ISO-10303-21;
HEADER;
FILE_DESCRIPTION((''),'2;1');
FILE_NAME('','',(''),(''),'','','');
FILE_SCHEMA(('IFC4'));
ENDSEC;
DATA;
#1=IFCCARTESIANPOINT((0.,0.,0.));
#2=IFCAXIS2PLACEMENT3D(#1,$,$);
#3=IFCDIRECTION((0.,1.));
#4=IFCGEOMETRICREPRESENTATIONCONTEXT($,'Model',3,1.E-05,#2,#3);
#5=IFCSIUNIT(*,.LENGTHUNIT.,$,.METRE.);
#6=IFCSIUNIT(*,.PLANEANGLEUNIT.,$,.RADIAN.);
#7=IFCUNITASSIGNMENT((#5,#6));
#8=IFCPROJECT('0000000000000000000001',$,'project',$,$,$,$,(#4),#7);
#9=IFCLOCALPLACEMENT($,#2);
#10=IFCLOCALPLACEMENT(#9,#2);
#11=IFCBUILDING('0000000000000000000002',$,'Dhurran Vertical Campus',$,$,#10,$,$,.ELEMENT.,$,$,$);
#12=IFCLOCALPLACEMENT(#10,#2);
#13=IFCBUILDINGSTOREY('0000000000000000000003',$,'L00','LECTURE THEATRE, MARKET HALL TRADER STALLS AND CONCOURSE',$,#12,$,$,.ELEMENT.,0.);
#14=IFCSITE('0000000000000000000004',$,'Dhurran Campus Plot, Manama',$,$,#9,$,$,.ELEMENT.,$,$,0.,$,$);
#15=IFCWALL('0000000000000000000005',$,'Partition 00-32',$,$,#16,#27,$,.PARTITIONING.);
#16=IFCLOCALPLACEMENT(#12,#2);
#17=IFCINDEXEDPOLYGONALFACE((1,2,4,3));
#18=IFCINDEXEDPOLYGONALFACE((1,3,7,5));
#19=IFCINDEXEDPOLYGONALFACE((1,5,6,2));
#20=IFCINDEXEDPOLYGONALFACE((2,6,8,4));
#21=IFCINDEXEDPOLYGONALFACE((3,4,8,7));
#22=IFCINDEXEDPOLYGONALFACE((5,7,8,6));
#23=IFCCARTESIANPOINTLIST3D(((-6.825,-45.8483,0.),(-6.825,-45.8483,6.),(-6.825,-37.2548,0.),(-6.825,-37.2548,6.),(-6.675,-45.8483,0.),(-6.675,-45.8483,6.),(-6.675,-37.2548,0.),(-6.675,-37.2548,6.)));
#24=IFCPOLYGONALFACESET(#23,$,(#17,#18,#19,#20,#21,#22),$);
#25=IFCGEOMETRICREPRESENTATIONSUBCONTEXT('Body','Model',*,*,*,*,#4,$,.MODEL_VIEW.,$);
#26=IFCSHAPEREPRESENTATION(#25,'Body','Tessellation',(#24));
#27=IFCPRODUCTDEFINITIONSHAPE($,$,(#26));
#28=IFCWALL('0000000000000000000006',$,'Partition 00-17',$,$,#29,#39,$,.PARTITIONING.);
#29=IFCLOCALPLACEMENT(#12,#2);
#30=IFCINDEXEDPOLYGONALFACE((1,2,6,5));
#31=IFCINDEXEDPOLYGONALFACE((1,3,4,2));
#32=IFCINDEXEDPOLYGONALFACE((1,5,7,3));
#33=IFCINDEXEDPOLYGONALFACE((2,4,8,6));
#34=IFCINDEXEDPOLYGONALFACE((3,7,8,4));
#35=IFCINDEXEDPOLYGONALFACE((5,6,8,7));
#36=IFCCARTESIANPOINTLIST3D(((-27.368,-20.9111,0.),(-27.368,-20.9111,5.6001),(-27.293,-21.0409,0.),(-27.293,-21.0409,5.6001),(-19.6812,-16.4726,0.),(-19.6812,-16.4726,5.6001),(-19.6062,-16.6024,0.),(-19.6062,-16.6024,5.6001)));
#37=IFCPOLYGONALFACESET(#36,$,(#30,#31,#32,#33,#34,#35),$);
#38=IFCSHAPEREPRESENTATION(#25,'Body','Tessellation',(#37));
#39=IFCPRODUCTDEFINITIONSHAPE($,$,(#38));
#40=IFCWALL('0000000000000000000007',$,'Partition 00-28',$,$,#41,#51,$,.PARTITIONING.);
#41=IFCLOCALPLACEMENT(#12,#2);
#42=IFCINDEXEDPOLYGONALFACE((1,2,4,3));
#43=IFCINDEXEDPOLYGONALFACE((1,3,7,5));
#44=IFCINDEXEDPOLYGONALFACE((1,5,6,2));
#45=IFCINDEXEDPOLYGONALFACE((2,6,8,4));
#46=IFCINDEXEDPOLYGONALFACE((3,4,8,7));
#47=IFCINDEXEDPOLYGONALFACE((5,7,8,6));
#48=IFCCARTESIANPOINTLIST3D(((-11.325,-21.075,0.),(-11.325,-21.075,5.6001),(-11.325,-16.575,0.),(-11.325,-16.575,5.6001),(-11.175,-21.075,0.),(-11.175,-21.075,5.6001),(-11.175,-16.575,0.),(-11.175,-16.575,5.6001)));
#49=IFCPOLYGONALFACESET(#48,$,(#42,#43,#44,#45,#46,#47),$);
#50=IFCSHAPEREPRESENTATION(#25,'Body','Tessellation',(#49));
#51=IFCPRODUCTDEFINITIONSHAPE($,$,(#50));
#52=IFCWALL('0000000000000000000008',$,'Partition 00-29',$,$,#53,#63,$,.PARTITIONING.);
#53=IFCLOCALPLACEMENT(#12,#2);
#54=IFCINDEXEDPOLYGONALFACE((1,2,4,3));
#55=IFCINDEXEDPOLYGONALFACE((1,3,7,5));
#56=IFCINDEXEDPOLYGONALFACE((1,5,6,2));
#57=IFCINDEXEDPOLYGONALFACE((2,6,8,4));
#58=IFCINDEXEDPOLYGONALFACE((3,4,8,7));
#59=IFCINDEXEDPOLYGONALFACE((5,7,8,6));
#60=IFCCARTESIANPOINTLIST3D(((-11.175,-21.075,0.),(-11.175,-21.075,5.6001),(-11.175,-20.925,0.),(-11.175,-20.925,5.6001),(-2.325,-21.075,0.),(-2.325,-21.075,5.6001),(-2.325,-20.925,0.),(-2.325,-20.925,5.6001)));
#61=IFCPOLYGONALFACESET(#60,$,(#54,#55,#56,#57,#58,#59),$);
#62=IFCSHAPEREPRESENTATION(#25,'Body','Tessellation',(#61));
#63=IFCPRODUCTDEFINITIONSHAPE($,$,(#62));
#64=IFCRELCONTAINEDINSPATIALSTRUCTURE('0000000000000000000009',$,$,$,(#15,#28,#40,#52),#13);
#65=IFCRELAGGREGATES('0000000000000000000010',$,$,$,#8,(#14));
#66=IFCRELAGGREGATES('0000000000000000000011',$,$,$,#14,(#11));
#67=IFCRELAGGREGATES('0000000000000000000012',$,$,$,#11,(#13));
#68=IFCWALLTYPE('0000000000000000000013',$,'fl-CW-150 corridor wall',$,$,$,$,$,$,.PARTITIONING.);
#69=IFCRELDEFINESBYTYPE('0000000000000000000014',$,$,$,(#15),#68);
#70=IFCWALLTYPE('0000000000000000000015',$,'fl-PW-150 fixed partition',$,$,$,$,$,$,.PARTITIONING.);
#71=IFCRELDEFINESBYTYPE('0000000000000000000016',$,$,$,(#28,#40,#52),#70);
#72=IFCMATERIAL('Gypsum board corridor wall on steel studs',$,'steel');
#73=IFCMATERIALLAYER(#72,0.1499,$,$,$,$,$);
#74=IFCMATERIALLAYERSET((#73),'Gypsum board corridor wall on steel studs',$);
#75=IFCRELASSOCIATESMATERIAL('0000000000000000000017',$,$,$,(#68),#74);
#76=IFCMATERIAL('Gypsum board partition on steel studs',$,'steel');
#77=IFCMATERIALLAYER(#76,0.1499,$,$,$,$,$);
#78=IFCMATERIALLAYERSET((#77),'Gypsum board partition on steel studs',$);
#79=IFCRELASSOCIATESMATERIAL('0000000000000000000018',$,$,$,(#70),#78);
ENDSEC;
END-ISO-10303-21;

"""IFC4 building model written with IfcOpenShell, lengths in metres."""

from ifc_helpers import new_model, si_unit, direction, frame, frame_2d, origin, place, context, subcontext, project, spatial, rectangle, extrude, material, layer, layer_set, type_object, element, save


model = new_model("IFC4")

# Units and contexts
model_context = context("Model", 3, precision=1e-05, world=origin(), true_north=direction((0.0, 1.0)))
body_context = subcontext(model_context, "Body", "Model", "MODEL_VIEW")
ifc_project = project(units=[si_unit("LENGTHUNIT", "METRE"), si_unit("PLANEANGLEUNIT", "RADIAN")], contexts=[model_context])

# Site, building, storey
site_placement = place(None, origin())
site = spatial("IfcSite", under=ifc_project, at=site_placement, Name="Dhurran Campus Plot, Manama", CompositionType="ELEMENT", RefElevation=0.0)
building_placement = place(site_placement, origin())
building = spatial("IfcBuilding", under=site, at=building_placement, Name="Dhurran Vertical Campus", CompositionType="ELEMENT")
storey_placement = place(building_placement, origin())
storey = spatial("IfcBuildingStorey", under=building, at=storey_placement, Name="L00", Description="LECTURE THEATRE, MARKET HALL TRADER STALLS AND CONCOURSE", CompositionType="ELEMENT", Elevation=0.0)

# Shared definitions
ifc_material_1 = material(Name="Gypsum board corridor wall on steel studs", Category="steel")
ifc_layer_1 = layer(ifc_material_1, 0.1499)
ifc_layer_set_1 = layer_set([ifc_layer_1], Name="Gypsum board corridor wall on steel studs")
wall_type_1 = type_object("IfcWallType", Name="fl-CW-150 corridor wall", PredefinedType="PARTITIONING", material=ifc_layer_set_1)

# Walls
wall_1_placement = place(storey_placement, frame((-6.75, -45.8484, 0.0), z_axis=(0.0, 0.0, 1.0), x_axis=(0.0, 1.0, 0.0)))
element("IfcWall", 1, at=wall_1_placement, inside=storey, type_object=wall_type_1, Name="Partition 00-32", PredefinedType="PARTITIONING", context=body_context, shape_type="SweptSolid", body=[
    extrude(rectangle(XDim=8.5935, YDim=0.1499, at=frame_2d((4.2969, 0.0))), origin(), (0.0, 0.0, 1.0), 6.0),
])
ifc_material_2 = material(Name="Gypsum board partition on steel studs", Category="steel")
ifc_layer_2 = layer(ifc_material_2, 0.1499)
ifc_layer_set_2 = layer_set([ifc_layer_2], Name="Gypsum board partition on steel studs")
wall_type_2 = type_object("IfcWallType", Name="fl-PW-150 fixed partition", PredefinedType="PARTITIONING", material=ifc_layer_set_2)
wall_2_placement = place(storey_placement, frame((-19.6438, -16.5376, 0.0), z_axis=(0.0, 0.0, 1.0), x_axis=(-0.866, -0.500044, 0.0)))
element("IfcWall", 2, at=wall_2_placement, inside=storey, type_object=wall_type_2, Name="Partition 00-17", PredefinedType="PARTITIONING", context=body_context, shape_type="SweptSolid", body=[
    extrude(rectangle(XDim=8.8762, YDim=0.1499, at=frame_2d((4.438, 0.0))), origin(), (0.0, 0.0, 1.0), 5.6001),
])
wall_3_placement = place(storey_placement, frame((-11.25, -16.575, 0.0), z_axis=(0.0, 0.0, 1.0), x_axis=(0.0, -1.0, 0.0)))
element("IfcWall", 3, at=wall_3_placement, inside=storey, type_object=wall_type_2, Name="Partition 00-28", PredefinedType="PARTITIONING", context=body_context, shape_type="SweptSolid", body=[
    extrude(rectangle(XDim=4.5, YDim=0.1499, at=frame_2d((2.25, 0.0))), origin(), (0.0, 0.0, 1.0), 5.6001),
])
wall_4_placement = place(storey_placement, frame((-11.175, -21.0, 0.0), z_axis=(0.0, 0.0, 1.0), x_axis=(1.0, 0.0, 0.0)))
element("IfcWall", 4, at=wall_4_placement, inside=storey, type_object=wall_type_2, Name="Partition 00-29", PredefinedType="PARTITIONING", context=body_context, shape_type="SweptSolid", body=[
    extrude(rectangle(XDim=8.8501, YDim=0.1499, at=frame_2d((4.425, 0.0))), origin(), (0.0, 0.0, 1.0), 5.6001),
])

save(model, "model.ifc")
